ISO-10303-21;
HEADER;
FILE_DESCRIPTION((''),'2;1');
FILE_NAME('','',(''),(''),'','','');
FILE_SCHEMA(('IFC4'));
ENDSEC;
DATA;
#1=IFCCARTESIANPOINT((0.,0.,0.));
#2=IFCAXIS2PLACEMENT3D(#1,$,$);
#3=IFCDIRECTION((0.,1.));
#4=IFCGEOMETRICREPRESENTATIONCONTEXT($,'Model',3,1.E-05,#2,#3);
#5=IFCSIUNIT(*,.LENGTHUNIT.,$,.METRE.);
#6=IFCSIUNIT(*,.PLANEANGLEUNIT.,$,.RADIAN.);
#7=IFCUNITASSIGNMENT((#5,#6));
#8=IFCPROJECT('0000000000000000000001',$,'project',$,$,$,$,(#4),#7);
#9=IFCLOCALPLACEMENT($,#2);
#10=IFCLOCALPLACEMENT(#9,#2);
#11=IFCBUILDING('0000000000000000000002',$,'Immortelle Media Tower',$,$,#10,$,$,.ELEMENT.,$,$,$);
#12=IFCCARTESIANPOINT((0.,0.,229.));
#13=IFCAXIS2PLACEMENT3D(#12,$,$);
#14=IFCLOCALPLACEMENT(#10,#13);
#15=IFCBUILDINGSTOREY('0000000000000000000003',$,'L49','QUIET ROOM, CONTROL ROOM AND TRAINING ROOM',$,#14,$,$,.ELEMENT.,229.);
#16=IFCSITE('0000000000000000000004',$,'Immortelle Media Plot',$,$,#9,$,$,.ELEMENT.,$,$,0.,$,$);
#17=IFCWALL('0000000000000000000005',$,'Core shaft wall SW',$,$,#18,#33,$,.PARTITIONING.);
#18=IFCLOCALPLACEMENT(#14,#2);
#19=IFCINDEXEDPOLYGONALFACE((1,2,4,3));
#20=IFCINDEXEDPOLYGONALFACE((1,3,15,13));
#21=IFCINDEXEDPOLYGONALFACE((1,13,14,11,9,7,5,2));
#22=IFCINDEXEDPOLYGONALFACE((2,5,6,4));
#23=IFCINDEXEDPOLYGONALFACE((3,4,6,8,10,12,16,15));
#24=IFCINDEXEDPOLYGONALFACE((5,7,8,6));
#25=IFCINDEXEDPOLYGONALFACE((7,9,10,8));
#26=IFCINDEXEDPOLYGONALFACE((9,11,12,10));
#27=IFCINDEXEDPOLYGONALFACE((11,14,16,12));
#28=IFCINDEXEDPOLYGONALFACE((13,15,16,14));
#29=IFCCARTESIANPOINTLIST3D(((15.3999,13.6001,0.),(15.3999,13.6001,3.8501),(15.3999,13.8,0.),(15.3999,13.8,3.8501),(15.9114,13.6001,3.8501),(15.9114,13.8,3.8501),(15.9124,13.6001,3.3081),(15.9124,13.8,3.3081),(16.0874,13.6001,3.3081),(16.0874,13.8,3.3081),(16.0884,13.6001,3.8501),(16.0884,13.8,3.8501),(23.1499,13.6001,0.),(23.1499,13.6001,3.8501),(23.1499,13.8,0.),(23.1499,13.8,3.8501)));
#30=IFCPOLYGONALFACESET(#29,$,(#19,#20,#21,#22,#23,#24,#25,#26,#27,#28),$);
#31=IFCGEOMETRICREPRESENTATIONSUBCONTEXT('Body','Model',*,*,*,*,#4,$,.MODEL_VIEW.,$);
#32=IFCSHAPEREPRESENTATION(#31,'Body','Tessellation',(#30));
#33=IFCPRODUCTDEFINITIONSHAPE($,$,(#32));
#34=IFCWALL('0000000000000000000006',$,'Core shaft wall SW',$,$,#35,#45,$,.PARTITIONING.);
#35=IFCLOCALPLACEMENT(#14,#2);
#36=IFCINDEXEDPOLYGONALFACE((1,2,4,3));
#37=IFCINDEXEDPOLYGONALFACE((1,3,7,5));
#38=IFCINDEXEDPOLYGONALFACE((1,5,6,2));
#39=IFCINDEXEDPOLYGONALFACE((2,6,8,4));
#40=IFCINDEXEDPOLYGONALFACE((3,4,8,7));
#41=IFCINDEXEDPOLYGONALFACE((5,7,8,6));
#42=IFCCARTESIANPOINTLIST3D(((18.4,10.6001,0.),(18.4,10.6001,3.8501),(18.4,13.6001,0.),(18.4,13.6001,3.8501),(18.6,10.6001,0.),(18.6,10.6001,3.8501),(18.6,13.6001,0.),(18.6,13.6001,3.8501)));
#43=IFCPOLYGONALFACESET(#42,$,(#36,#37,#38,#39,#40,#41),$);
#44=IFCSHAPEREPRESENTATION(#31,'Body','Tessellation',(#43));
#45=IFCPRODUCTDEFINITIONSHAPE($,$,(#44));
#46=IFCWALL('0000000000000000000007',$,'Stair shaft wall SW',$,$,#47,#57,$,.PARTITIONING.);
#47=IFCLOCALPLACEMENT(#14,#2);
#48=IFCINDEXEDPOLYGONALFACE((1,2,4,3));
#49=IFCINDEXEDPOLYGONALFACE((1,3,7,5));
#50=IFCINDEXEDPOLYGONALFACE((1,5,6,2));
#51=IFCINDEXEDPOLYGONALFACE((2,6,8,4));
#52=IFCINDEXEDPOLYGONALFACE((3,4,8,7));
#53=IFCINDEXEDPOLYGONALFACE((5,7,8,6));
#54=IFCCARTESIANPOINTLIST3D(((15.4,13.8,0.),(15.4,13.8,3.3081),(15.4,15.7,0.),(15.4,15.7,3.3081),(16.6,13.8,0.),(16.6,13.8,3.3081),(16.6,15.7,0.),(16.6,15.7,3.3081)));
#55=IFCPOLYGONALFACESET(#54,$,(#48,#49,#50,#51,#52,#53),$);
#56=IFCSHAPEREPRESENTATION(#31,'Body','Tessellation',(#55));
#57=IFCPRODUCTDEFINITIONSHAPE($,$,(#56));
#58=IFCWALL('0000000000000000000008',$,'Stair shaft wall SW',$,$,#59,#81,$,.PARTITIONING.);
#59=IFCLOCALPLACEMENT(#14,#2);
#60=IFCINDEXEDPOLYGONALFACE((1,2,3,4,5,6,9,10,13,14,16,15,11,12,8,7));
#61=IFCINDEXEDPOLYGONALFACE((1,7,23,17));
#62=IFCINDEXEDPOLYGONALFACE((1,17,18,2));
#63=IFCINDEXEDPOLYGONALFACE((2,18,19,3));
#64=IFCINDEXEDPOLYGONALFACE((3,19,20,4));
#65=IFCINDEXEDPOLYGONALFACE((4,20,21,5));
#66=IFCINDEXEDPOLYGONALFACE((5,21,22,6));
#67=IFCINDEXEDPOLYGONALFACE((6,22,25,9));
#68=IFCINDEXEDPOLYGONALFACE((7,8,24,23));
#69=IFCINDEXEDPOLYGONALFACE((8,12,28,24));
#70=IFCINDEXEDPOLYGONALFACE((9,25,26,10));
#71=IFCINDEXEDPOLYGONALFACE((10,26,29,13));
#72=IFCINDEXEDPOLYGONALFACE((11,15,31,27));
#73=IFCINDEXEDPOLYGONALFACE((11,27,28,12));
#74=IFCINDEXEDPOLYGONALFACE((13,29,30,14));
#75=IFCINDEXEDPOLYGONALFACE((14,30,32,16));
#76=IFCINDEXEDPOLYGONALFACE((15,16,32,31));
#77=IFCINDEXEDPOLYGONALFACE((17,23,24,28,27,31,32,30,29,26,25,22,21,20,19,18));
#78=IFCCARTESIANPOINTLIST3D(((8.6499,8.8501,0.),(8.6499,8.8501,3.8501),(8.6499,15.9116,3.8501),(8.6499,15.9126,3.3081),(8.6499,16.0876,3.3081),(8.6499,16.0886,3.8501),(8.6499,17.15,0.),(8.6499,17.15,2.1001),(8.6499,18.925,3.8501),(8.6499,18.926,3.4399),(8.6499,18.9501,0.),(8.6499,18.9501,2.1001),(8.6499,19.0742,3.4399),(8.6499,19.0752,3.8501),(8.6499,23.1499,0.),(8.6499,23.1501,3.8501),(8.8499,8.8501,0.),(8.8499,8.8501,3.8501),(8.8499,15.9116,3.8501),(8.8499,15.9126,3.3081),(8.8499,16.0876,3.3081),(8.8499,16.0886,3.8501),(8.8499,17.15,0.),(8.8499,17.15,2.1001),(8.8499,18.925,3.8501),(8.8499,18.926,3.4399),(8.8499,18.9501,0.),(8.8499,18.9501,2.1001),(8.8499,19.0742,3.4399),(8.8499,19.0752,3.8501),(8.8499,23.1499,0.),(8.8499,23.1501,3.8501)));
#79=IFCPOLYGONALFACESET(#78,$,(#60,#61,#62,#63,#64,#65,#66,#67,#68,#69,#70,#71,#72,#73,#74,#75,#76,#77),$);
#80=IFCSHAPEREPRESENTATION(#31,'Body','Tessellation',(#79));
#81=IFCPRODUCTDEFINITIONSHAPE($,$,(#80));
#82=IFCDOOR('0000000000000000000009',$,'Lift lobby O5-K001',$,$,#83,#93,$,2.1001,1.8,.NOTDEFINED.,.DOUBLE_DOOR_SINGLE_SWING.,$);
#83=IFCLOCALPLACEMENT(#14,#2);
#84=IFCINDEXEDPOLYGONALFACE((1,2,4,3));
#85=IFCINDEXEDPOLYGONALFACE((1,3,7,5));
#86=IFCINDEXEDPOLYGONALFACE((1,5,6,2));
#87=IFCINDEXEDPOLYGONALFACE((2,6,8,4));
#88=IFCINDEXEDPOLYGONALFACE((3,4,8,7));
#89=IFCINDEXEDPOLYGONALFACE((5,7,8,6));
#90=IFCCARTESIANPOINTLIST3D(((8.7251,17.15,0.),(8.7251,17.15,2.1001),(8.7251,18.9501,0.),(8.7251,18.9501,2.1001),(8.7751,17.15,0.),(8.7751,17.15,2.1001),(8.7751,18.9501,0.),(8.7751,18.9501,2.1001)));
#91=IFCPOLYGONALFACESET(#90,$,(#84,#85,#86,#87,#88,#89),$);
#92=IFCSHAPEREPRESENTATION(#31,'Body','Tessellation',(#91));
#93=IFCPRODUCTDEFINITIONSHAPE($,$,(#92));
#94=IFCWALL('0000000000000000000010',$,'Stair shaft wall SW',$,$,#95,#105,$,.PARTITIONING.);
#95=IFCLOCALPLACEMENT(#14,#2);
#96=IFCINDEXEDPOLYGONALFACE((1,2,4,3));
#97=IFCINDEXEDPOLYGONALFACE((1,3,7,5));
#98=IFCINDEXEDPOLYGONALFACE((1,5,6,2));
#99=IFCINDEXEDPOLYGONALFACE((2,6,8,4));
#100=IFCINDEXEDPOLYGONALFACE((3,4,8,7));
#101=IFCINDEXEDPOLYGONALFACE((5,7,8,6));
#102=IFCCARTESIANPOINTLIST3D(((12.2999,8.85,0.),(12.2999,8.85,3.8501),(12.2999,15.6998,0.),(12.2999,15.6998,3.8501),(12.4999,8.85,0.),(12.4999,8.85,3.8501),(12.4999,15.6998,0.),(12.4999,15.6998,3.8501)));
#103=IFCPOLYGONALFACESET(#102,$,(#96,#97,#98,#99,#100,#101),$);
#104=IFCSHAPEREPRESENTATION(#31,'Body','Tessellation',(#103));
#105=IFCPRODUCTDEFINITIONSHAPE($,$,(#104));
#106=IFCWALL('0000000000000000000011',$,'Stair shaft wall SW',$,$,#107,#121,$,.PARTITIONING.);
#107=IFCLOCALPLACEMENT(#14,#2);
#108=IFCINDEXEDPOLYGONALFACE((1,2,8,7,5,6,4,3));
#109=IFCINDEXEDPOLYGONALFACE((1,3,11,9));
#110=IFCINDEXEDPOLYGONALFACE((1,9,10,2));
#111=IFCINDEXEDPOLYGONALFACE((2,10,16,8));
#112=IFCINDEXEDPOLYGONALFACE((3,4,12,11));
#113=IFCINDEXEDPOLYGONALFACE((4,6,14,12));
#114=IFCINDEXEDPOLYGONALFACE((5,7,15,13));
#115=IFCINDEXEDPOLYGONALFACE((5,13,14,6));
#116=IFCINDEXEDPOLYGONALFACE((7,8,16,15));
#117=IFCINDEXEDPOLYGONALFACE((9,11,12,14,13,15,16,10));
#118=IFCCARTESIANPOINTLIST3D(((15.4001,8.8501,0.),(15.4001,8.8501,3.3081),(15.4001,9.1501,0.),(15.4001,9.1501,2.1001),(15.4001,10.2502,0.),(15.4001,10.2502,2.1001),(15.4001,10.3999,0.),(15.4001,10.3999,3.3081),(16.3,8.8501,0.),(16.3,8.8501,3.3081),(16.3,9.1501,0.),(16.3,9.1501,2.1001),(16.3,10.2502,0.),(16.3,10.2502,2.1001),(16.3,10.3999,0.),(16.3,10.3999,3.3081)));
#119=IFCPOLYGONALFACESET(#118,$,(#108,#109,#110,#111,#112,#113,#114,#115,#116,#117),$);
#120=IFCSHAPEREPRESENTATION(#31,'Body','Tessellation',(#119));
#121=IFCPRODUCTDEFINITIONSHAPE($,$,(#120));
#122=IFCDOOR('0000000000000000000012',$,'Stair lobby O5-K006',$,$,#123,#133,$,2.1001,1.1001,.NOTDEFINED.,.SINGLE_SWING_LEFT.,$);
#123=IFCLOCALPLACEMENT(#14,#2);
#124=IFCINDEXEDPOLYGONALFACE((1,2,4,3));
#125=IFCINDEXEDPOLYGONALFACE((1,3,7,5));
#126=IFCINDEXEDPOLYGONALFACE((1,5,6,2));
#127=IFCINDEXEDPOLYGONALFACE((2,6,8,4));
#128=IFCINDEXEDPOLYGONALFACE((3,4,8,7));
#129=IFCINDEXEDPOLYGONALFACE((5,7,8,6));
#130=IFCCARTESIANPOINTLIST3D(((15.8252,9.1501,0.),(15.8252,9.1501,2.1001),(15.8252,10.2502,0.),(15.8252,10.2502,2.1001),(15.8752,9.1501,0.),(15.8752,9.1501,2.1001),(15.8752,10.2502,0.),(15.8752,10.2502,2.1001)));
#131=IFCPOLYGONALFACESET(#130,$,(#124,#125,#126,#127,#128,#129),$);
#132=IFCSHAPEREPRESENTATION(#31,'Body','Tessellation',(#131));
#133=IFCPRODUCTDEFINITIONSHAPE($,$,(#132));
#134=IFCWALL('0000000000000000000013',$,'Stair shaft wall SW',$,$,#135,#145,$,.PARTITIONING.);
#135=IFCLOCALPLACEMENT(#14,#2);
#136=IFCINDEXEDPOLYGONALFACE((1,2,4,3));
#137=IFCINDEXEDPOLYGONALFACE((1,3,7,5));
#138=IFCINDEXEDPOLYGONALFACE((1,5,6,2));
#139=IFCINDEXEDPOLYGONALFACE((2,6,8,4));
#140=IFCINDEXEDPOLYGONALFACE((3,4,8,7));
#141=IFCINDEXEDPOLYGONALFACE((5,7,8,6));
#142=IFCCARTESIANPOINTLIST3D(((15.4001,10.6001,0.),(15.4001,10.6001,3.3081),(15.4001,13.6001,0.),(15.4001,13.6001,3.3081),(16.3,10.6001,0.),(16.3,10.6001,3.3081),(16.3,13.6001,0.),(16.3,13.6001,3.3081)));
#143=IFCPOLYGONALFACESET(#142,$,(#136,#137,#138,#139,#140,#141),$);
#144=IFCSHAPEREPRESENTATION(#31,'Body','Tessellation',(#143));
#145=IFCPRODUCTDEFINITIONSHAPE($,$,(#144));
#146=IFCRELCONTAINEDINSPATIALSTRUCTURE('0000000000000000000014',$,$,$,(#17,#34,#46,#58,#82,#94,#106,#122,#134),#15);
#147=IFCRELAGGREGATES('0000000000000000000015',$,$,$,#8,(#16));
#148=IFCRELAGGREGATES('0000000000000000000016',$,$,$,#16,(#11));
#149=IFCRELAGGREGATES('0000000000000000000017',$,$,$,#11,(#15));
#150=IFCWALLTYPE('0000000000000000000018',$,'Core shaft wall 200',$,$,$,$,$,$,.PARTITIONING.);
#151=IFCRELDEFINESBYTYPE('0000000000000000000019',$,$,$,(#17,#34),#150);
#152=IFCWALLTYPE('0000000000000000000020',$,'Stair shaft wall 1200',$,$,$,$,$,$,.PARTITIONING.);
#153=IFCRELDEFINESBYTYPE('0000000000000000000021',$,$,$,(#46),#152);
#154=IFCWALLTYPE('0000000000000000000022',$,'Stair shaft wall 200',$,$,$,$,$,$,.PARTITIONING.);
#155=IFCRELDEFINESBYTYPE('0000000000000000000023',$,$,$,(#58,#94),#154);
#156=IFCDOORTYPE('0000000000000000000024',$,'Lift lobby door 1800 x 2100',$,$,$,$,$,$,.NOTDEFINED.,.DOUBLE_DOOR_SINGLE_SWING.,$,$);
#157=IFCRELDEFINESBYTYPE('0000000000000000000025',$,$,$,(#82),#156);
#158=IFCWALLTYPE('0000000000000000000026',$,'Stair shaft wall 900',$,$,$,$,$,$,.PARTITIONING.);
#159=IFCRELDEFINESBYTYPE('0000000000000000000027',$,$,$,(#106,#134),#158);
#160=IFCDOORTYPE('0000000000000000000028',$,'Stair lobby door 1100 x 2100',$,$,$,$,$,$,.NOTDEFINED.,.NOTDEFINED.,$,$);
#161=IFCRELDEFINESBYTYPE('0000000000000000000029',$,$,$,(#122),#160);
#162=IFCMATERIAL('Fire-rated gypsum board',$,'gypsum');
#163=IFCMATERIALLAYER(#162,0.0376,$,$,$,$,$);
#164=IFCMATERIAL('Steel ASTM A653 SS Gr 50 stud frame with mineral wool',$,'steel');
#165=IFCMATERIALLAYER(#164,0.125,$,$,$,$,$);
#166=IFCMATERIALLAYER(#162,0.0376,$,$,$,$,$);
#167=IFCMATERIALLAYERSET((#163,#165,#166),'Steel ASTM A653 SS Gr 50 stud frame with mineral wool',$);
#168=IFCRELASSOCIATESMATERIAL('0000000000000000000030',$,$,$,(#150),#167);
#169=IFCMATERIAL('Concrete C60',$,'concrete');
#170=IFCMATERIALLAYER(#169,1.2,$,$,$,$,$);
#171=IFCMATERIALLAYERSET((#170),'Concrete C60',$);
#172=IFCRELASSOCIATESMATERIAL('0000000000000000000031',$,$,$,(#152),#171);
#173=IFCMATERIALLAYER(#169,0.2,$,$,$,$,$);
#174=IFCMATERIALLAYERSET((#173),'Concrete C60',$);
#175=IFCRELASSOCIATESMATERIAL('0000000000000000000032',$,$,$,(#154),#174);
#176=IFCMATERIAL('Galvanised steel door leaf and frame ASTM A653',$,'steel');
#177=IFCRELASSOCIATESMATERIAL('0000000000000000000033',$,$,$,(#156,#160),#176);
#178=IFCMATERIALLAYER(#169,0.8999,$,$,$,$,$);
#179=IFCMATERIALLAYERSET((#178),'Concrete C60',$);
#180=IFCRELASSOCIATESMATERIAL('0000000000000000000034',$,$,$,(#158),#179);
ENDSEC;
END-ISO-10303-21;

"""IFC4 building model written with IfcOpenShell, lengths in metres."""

from ifc_helpers import new_model, si_unit, direction, frame, frame_2d, origin, place, context, subcontext, project, spatial, polyline, rectangle, outline, extrude, material, layer, layer_set, type_object, element, fill, save


model = new_model("IFC4")

# Units and contexts
model_context = context("Model", 3, precision=1e-05, world=origin(), true_north=direction((0.0, 1.0)))
body_context = subcontext(model_context, "Body", "Model", "MODEL_VIEW")
ifc_project = project(units=[si_unit("LENGTHUNIT", "METRE"), si_unit("PLANEANGLEUNIT", "RADIAN")], contexts=[model_context])

# Site, building, storey
site_placement = place(None, origin())
site = spatial("IfcSite", under=ifc_project, at=site_placement, Name="Immortelle Media Plot", CompositionType="ELEMENT", RefElevation=0.0)
building_placement = place(site_placement, origin())
building = spatial("IfcBuilding", under=site, at=building_placement, Name="Immortelle Media Tower", CompositionType="ELEMENT")
storey_placement = place(building_placement, frame((0.0, 0.0, 229.0)))
storey = spatial("IfcBuildingStorey", under=building, at=storey_placement, Name="L49", Description="QUIET ROOM, CONTROL ROOM AND TRAINING ROOM", CompositionType="ELEMENT", Elevation=229.0)

# Shared definitions
ifc_material_1 = material(Name="Fire-rated gypsum board", Category="gypsum")
ifc_layer_1 = layer(ifc_material_1, 0.0376)
ifc_material_2 = material(Name="Steel ASTM A653 SS Gr 50 stud frame with mineral wool", Category="steel")
ifc_layer_2 = layer(ifc_material_2, 0.125)
ifc_layer_3 = layer(ifc_material_1, 0.0376)
ifc_layer_set_1 = layer_set([ifc_layer_1, ifc_layer_2, ifc_layer_3], Name="Steel ASTM A653 SS Gr 50 stud frame with mineral wool")
wall_type_1 = type_object("IfcWallType", Name="Core shaft wall 200", PredefinedType="PARTITIONING", material=ifc_layer_set_1)

# Walls
wall_1_placement = place(storey_placement, frame((15.3999, 13.7, 0.0), z_axis=(0.0, 0.0, 1.0), x_axis=(1.0, 0.0, 0.0)))
element("IfcWall", 1, at=wall_1_placement, inside=storey, type_object=wall_type_1, Name="Core shaft wall SW", PredefinedType="PARTITIONING", context=body_context, shape_type="SweptSolid", body=[
    extrude(outline(polyline([(0.0, 0.0), (7.75, 0.0), (7.75, 3.8501), (0.6885, 3.8501), (0.6875, 3.3081), (0.5125, 3.3081), (0.5115, 3.8501), (0.0, 3.8501), (0.0, 0.0)])), frame((0.0, 0.1001, 0.0), z_axis=(0.0, -1.0, 0.0), x_axis=(1.0, 0.0, 0.0)), (0.0, 0.0, 1.0), 0.2),
])
wall_2_placement = place(storey_placement, frame((18.5, 10.6001, 0.0), z_axis=(0.0, 0.0, 1.0), x_axis=(0.0, 1.0, 0.0)))
element("IfcWall", 2, at=wall_2_placement, inside=storey, type_object=wall_type_1, Name="Core shaft wall SW", PredefinedType="PARTITIONING", context=body_context, shape_type="SweptSolid", body=[
    extrude(rectangle(XDim=3.0, YDim=0.2, at=frame_2d((1.5, 0.0))), origin(), (0.0, 0.0, 1.0), 3.8501),
])
ifc_material_3 = material(Name="Concrete C60", Category="concrete")
ifc_layer_4 = layer(ifc_material_3, 1.2)
ifc_layer_set_2 = layer_set([ifc_layer_4], Name="Concrete C60")
wall_type_2 = type_object("IfcWallType", Name="Stair shaft wall 1200", PredefinedType="PARTITIONING", material=ifc_layer_set_2)
wall_3_placement = place(storey_placement, frame((16.0, 13.8, 0.0), z_axis=(0.0, 0.0, 1.0), x_axis=(0.0, 1.0, 0.0)))
element("IfcWall", 3, at=wall_3_placement, inside=storey, type_object=wall_type_2, Name="Stair shaft wall SW", PredefinedType="PARTITIONING", context=body_context, shape_type="SweptSolid", body=[
    extrude(rectangle(XDim=1.8999, YDim=1.2, at=frame_2d((0.95, 0.0))), origin(), (0.0, 0.0, 1.0), 3.3081),
])

# Wall, opening, door
ifc_layer_5 = layer(ifc_material_3, 0.2)
ifc_layer_set_3 = layer_set([ifc_layer_5], Name="Concrete C60")
wall_type_3 = type_object("IfcWallType", Name="Stair shaft wall 200", PredefinedType="PARTITIONING", material=ifc_layer_set_3)
wall_4_placement = place(storey_placement, frame((8.75, 8.8501, 0.0), z_axis=(0.0, 0.0, 1.0), x_axis=(0.0, 1.0, 0.0)))
wall_4 = element("IfcWall", 4, at=wall_4_placement, inside=storey, type_object=wall_type_3, Name="Stair shaft wall SW", PredefinedType="PARTITIONING", context=body_context, shape_type="SweptSolid", body=[
    extrude(outline(polyline([(0.0, 0.0), (14.2998, 0.0), (14.3, 3.8501), (10.2251, 3.8501), (10.2241, 3.4399), (10.0759, 3.4399), (10.075, 3.8501), (7.2385, 3.8501), (7.2375, 3.3081), (7.0625, 3.3081), (7.0615, 3.8501), (0.0, 3.8501), (0.0, 0.0)])), frame((0.0, 0.1001, 0.0), z_axis=(0.0, -1.0, 0.0), x_axis=(1.0, 0.0, 0.0)), (0.0, 0.0, 1.0), 0.2),
])
opening_1_placement = place(wall_4_placement, frame((8.3, 0.0, 0.0)))
opening_1 = element("IfcOpeningElement", 5, at=opening_1_placement, cuts=wall_4, PredefinedType="OPENING", context=body_context, shape_type="SweptSolid", body=[
    extrude(rectangle(XDim=1.8, YDim=2.1001, at=frame_2d((0.8999, 1.05))), frame((0.0, 0.1099, 0.0), z_axis=(0.0, -1.0, 0.0), x_axis=(1.0, 0.0, 0.0)), (0.0, 0.0, 1.0), 0.22),
])
ifc_material_4 = material(Name="Galvanised steel door leaf and frame ASTM A653", Category="steel")
door_type_1 = type_object("IfcDoorType", Name="Lift lobby door 1800 x 2100", OperationType="DOUBLE_DOOR_SINGLE_SWING", PredefinedType="NOTDEFINED", material=ifc_material_4)
door_1_placement = place(opening_1_placement, origin())
door_1 = element("IfcDoor", 6, at=door_1_placement, inside=storey, type_object=door_type_1, Name="Lift lobby O5-K001", OperationType="DOUBLE_DOOR_SINGLE_SWING", OverallHeight=2.1001, OverallWidth=1.8, PredefinedType="NOTDEFINED", context=body_context, shape_type="SweptSolid", body=[
    extrude(rectangle(XDim=1.8, YDim=2.1001, at=frame_2d((0.8999, 1.05))), frame((0.0, 0.0249, 0.0), z_axis=(0.0, -1.0, 0.0), x_axis=(1.0, 0.0, 0.0)), (0.0, 0.0, 1.0), 0.05),
])
fill(opening_1, door_1)

# Wall
wall_5_placement = place(storey_placement, frame((12.3999, 8.8501, 0.0), z_axis=(0.0, 0.0, 1.0), x_axis=(0.0, 1.0, 0.0)))
element("IfcWall", 7, at=wall_5_placement, inside=storey, type_object=wall_type_3, Name="Stair shaft wall SW", PredefinedType="PARTITIONING", context=body_context, shape_type="SweptSolid", body=[
    extrude(rectangle(XDim=6.8499, YDim=0.2, at=frame_2d((3.4248, 0.0))), origin(), (0.0, 0.0, 1.0), 3.8501),
])

# Wall, opening, door
ifc_layer_6 = layer(ifc_material_3, 0.8999)
ifc_layer_set_4 = layer_set([ifc_layer_6], Name="Concrete C60")
wall_type_4 = type_object("IfcWallType", Name="Stair shaft wall 900", PredefinedType="PARTITIONING", material=ifc_layer_set_4)
wall_6_placement = place(storey_placement, frame((15.8501, 8.8501, 0.0), z_axis=(0.0, 0.0, 1.0), x_axis=(0.0, 1.0, 0.0)))
wall_6 = element("IfcWall", 8, at=wall_6_placement, inside=storey, type_object=wall_type_4, Name="Stair shaft wall SW", PredefinedType="PARTITIONING", context=body_context, shape_type="SweptSolid", body=[
    extrude(rectangle(XDim=1.5498, YDim=0.8999, at=frame_2d((0.7749, 0.0))), origin(), (0.0, 0.0, 1.0), 3.3081),
])
opening_2_placement = place(wall_6_placement, frame((0.3, 0.0, 0.0)))
opening_2 = element("IfcOpeningElement", 9, at=opening_2_placement, cuts=wall_6, PredefinedType="OPENING", context=body_context, shape_type="SweptSolid", body=[
    extrude(rectangle(XDim=1.1001, YDim=2.1001, at=frame_2d((0.55, 1.05))), frame((0.0, 0.46, 0.0), z_axis=(0.0, -1.0, 0.0), x_axis=(1.0, 0.0, 0.0)), (0.0, 0.0, 1.0), 0.9199),
])
door_type_2 = type_object("IfcDoorType", Name="Stair lobby door 1100 x 2100", OperationType="NOTDEFINED", PredefinedType="NOTDEFINED", material=ifc_material_4)
door_2_placement = place(opening_2_placement, origin())
door_2 = element("IfcDoor", 10, at=door_2_placement, inside=storey, type_object=door_type_2, Name="Stair lobby O5-K006", OperationType="SINGLE_SWING_LEFT", OverallHeight=2.1001, OverallWidth=1.1001, PredefinedType="NOTDEFINED", context=body_context, shape_type="SweptSolid", body=[
    extrude(rectangle(XDim=1.1001, YDim=2.1001, at=frame_2d((0.55, 1.05))), frame((0.0, 0.0249, 0.0), z_axis=(0.0, -1.0, 0.0), x_axis=(1.0, 0.0, 0.0)), (0.0, 0.0, 1.0), 0.05),
])
fill(opening_2, door_2)

# Wall
wall_7_placement = place(storey_placement, frame((15.8501, 10.6001, 0.0), z_axis=(0.0, 0.0, 1.0), x_axis=(0.0, 1.0, 0.0)))
element("IfcWall", 11, at=wall_7_placement, inside=storey, type_object=wall_type_4, Name="Stair shaft wall SW", PredefinedType="PARTITIONING", context=body_context, shape_type="SweptSolid", body=[
    extrude(rectangle(XDim=3.0, YDim=0.8999, at=frame_2d((1.5, 0.0))), origin(), (0.0, 0.0, 1.0), 3.3081),
])

save(model, "model.ifc")
